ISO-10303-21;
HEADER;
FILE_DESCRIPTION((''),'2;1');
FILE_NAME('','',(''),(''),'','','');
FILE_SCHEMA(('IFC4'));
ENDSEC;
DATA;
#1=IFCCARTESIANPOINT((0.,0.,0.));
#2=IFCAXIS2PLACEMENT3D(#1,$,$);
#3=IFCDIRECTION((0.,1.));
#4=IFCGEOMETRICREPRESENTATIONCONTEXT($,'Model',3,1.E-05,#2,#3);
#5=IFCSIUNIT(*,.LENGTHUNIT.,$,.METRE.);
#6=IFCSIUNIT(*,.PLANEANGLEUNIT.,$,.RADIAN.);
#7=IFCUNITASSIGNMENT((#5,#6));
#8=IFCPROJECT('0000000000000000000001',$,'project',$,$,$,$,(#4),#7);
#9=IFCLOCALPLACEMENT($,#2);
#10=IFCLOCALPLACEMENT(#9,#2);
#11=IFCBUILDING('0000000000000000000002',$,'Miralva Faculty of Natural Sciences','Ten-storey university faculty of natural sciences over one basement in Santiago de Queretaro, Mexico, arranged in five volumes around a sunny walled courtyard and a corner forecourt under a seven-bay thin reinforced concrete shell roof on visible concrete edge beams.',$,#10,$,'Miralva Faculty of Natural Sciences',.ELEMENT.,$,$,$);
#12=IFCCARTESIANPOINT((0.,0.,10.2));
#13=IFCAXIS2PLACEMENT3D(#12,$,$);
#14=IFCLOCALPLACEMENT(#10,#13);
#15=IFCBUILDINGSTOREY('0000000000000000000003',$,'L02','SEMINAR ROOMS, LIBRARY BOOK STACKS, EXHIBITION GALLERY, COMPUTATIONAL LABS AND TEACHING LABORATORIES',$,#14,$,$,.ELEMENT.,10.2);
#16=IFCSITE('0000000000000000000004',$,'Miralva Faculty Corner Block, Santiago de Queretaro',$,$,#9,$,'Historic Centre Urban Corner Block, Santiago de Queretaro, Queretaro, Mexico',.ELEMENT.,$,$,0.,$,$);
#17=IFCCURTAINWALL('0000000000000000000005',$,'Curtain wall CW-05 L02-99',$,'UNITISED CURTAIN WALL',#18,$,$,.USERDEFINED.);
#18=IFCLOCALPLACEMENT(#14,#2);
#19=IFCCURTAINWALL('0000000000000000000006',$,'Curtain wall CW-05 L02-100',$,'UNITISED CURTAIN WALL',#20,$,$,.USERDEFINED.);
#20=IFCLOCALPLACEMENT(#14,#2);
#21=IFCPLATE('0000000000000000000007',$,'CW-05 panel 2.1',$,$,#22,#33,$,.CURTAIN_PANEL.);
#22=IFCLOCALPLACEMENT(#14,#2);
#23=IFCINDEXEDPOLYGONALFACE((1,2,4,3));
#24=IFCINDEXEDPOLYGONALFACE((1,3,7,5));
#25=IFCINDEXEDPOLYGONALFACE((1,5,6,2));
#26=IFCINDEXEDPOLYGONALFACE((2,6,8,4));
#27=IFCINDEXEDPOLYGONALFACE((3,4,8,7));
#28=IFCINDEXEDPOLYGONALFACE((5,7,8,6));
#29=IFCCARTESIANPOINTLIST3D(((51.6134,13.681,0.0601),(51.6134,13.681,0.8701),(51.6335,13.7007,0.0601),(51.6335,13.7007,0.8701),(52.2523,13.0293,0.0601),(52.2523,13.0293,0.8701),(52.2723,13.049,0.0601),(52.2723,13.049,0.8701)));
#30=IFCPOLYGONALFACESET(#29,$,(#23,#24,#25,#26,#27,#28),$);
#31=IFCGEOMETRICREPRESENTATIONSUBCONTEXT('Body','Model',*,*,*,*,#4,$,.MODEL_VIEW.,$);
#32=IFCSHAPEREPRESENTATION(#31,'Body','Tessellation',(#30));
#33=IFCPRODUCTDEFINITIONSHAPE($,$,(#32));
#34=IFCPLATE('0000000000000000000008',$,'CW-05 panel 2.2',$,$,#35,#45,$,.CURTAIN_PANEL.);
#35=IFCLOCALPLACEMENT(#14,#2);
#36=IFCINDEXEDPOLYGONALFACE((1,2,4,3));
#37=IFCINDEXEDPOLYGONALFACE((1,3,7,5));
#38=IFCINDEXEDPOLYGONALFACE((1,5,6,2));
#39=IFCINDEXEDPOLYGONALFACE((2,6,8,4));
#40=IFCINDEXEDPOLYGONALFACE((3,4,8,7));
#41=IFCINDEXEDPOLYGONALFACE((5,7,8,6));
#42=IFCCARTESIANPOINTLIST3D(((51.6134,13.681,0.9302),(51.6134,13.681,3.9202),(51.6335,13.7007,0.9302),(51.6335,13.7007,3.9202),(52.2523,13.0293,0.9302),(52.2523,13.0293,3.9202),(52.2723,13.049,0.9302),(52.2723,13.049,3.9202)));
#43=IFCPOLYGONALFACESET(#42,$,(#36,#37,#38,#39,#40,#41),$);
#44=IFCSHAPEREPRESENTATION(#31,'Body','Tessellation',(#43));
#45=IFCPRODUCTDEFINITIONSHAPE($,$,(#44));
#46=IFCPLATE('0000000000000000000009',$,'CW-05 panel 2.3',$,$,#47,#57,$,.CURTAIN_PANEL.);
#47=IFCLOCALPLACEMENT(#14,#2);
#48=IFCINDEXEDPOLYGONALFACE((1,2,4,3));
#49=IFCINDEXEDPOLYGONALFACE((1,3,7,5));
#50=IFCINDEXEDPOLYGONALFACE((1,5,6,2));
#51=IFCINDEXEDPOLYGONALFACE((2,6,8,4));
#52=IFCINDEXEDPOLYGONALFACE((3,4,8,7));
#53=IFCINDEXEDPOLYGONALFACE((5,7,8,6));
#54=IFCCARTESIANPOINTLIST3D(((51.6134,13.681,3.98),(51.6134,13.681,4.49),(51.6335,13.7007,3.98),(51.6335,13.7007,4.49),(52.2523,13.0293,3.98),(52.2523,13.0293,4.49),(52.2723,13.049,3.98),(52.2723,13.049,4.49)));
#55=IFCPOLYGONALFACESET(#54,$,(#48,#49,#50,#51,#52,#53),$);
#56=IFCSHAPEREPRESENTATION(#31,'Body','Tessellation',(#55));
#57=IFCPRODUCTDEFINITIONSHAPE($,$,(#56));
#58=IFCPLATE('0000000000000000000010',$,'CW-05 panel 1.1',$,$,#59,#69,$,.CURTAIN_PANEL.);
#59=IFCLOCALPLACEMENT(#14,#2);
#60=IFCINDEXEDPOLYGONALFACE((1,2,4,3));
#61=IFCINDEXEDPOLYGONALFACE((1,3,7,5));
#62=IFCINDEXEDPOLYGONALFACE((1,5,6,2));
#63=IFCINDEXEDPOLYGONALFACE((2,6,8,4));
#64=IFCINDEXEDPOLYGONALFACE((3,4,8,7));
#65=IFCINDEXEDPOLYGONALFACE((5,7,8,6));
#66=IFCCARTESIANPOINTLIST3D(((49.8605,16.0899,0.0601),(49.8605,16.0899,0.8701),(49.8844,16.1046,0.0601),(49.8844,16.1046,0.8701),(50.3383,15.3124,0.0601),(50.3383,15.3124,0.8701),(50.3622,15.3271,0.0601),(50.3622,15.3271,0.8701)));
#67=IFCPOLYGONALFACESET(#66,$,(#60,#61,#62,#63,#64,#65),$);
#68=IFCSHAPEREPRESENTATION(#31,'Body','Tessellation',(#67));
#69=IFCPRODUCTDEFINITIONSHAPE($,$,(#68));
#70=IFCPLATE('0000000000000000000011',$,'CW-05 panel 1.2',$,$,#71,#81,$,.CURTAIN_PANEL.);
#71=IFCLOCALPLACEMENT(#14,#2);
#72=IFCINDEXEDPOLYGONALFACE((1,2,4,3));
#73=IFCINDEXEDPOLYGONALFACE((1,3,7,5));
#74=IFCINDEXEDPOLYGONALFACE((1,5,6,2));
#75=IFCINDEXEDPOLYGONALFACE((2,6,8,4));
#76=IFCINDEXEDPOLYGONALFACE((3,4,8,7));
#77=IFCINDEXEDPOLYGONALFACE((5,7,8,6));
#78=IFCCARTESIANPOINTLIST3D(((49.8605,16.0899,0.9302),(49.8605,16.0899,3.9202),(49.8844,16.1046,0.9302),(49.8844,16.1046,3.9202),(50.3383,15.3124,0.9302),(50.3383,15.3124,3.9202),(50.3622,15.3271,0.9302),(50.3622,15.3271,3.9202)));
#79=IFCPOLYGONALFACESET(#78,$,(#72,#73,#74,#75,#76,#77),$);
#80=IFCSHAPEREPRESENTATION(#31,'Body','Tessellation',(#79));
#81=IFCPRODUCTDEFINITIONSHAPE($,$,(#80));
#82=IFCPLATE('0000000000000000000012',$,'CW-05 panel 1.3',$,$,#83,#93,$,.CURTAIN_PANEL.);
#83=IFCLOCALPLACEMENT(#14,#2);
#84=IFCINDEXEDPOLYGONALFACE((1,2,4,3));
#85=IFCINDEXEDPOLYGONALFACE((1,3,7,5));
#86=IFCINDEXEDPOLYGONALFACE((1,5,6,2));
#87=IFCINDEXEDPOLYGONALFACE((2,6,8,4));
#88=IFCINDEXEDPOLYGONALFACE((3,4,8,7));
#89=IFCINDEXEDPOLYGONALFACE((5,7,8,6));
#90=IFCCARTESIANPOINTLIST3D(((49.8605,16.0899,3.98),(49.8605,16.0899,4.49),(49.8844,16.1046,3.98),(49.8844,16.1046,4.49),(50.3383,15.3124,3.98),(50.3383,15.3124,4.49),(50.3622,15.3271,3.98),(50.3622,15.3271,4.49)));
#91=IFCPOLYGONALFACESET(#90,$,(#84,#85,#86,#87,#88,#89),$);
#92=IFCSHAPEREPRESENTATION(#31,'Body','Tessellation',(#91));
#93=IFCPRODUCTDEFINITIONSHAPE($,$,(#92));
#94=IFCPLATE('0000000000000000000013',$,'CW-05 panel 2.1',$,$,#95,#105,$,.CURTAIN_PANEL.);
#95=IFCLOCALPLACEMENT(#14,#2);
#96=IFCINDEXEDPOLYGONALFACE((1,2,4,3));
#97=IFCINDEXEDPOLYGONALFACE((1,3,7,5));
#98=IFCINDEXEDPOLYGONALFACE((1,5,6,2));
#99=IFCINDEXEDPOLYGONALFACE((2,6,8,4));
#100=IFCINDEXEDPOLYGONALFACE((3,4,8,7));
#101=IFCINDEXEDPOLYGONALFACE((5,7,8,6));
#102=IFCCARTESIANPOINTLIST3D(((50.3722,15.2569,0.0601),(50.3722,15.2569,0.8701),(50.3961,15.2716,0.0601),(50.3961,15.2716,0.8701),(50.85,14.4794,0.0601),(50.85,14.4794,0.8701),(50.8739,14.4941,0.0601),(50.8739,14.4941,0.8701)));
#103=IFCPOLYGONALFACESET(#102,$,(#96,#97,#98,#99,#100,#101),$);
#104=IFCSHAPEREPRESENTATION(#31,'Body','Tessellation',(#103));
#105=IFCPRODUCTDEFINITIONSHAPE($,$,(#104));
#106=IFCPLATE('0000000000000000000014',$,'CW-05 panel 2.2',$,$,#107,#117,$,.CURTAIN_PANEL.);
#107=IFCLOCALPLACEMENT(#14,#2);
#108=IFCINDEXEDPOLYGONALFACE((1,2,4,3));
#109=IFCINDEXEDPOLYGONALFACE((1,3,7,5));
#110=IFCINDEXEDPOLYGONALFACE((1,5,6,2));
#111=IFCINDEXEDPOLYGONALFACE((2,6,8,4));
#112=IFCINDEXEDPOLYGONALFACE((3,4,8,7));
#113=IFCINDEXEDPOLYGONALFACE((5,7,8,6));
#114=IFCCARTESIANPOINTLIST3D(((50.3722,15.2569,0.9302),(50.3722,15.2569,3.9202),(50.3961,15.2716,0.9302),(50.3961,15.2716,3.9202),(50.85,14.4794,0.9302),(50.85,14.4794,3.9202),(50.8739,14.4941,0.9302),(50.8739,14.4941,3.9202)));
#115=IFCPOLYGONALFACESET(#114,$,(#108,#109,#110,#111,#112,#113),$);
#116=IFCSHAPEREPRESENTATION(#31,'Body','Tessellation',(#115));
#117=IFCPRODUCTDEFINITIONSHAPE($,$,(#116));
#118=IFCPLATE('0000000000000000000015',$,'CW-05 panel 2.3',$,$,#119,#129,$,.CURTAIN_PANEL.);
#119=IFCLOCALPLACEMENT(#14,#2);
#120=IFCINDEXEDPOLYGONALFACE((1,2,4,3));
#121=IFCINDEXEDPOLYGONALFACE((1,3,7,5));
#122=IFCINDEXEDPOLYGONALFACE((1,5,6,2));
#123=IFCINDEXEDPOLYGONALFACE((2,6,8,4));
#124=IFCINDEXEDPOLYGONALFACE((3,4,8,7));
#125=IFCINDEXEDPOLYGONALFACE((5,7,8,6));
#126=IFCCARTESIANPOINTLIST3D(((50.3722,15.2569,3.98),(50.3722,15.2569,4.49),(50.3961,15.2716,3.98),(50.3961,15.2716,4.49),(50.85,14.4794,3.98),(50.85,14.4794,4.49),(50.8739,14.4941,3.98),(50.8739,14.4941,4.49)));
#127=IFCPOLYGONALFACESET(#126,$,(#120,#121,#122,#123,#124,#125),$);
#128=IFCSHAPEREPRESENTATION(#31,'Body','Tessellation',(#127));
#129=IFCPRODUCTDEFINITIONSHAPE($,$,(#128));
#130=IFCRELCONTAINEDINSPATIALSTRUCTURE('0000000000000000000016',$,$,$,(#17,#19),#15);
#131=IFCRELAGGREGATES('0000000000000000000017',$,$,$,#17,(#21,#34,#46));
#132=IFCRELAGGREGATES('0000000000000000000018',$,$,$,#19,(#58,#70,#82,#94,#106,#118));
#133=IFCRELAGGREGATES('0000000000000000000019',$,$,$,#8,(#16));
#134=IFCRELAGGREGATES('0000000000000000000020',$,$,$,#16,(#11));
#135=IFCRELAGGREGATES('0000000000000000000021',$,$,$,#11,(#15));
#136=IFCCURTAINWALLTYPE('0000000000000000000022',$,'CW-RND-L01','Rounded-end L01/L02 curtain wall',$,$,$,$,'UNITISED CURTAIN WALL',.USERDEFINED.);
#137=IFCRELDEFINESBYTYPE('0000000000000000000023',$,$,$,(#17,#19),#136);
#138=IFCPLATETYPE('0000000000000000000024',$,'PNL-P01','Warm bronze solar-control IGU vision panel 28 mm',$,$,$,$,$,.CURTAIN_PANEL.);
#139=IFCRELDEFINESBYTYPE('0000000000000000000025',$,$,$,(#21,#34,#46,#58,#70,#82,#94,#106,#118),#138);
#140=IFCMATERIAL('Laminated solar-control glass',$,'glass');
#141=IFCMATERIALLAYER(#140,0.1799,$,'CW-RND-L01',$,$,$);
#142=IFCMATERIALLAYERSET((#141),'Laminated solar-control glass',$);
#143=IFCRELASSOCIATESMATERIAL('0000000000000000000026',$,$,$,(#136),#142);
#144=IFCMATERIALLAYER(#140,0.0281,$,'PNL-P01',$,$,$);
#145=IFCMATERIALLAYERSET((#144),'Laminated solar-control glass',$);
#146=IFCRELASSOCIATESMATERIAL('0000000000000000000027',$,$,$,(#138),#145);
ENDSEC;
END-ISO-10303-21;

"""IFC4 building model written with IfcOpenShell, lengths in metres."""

from ifc_helpers import new_model, si_unit, direction, frame, origin, origin_2d, place, context, subcontext, project, spatial, rectangle, extrude, material, layer, layer_set, type_object, element, aggregate, save


model = new_model("IFC4")

# Units and contexts
model_context = context("Model", 3, precision=1e-05, world=origin(), true_north=direction((0.0, 1.0)))
body_context = subcontext(model_context, "Body", "Model", "MODEL_VIEW")
ifc_project = project(units=[si_unit("LENGTHUNIT", "METRE"), si_unit("PLANEANGLEUNIT", "RADIAN")], contexts=[model_context])

# Site, building, storey
site_placement = place(None, origin())
site = spatial("IfcSite", under=ifc_project, at=site_placement, Name="Miralva Faculty Corner Block, Santiago de Queretaro", LongName="Historic Centre Urban Corner Block, Santiago de Queretaro, Queretaro, Mexico", CompositionType="ELEMENT", RefElevation=0.0)
building_placement = place(site_placement, origin())
building = spatial("IfcBuilding", under=site, at=building_placement, Name="Miralva Faculty of Natural Sciences", Description="Ten-storey university faculty of natural sciences over one basement in Santiago de Queretaro, Mexico, arranged in five volumes around a sunny walled courtyard and a corner forecourt under a seven-bay thin reinforced concrete shell roof on visible concrete edge beams.", LongName="Miralva Faculty of Natural Sciences", CompositionType="ELEMENT")
storey_placement = place(building_placement, frame((0.0, 0.0, 10.2)))
storey = spatial("IfcBuildingStorey", under=building, at=storey_placement, Name="L02", Description="SEMINAR ROOMS, LIBRARY BOOK STACKS, EXHIBITION GALLERY, COMPUTATIONAL LABS AND TEACHING LABORATORIES", CompositionType="ELEMENT", Elevation=10.2)

# Shared definitions
ifc_material_1 = material(Name="Laminated solar-control glass", Category="glass")
ifc_layer_1 = layer(ifc_material_1, 0.1799, Name="CW-RND-L01")
ifc_layer_set_1 = layer_set([ifc_layer_1], Name="Laminated solar-control glass")
curtain_wall_type = type_object("IfcCurtainWallType", Name="CW-RND-L01", Description="Rounded-end L01/L02 curtain wall", ElementType="UNITISED CURTAIN WALL", PredefinedType="USERDEFINED", material=ifc_layer_set_1)

# Curtain walls
curtain_wall_1_placement = place(storey_placement, origin())
curtain_wall_1 = element("IfcCurtainWall", 1, at=curtain_wall_1_placement, inside=storey, type_object=curtain_wall_type, Name="Curtain wall CW-05 L02-99", ObjectType="UNITISED CURTAIN WALL", PredefinedType="USERDEFINED")
curtain_wall_2_placement = place(storey_placement, origin())
curtain_wall_2 = element("IfcCurtainWall", 2, at=curtain_wall_2_placement, inside=storey, type_object=curtain_wall_type, Name="Curtain wall CW-05 L02-100", ObjectType="UNITISED CURTAIN WALL", PredefinedType="USERDEFINED")

# Plates
ifc_layer_2 = layer(ifc_material_1, 0.0281, Name="PNL-P01")
ifc_layer_set_2 = layer_set([ifc_layer_2], Name="Laminated solar-control glass")
plate_type = type_object("IfcPlateType", Name="PNL-P01", Description="Warm bronze solar-control IGU vision panel 28 mm", PredefinedType="CURTAIN_PANEL", material=ifc_layer_set_2)
plate_1_placement = place(storey_placement, frame((51.9429, 13.365, 0.0601), z_axis=(0.0, 0.0, 1.0), x_axis=(0.700018, -0.714125, 0.0)))
plate_1 = element("IfcPlate", 3, at=plate_1_placement, type_object=plate_type, Name="CW-05 panel 2.1", PredefinedType="CURTAIN_PANEL", context=body_context, shape_type="SweptSolid", body=[
    extrude(rectangle(XDim=0.9126, YDim=0.0281, at=origin_2d()), origin(), (0.0, 0.0, 1.0), 0.8101),
])
plate_2_placement = place(storey_placement, frame((51.9429, 13.365, 0.9302), z_axis=(0.0, 0.0, 1.0), x_axis=(0.700018, -0.714125, 0.0)))
plate_2 = element("IfcPlate", 4, at=plate_2_placement, type_object=plate_type, Name="CW-05 panel 2.2", PredefinedType="CURTAIN_PANEL", context=body_context, shape_type="SweptSolid", body=[
    extrude(rectangle(XDim=0.9126, YDim=0.0281, at=origin_2d()), origin(), (0.0, 0.0, 1.0), 2.99),
])
plate_3_placement = place(storey_placement, frame((51.9429, 13.365, 3.98), z_axis=(0.0, 0.0, 1.0), x_axis=(0.700018, -0.714125, 0.0)))
plate_3 = element("IfcPlate", 5, at=plate_3_placement, type_object=plate_type, Name="CW-05 panel 2.3", PredefinedType="CURTAIN_PANEL", context=body_context, shape_type="SweptSolid", body=[
    extrude(rectangle(XDim=0.9126, YDim=0.0281, at=origin_2d()), origin(), (0.0, 0.0, 1.0), 0.51),
])
aggregate(curtain_wall_1, [plate_1, plate_2, plate_3])
plate_4_placement = place(storey_placement, frame((50.1113, 15.7085, 0.0601), z_axis=(0.0, 0.0, 1.0), x_axis=(0.523551, -0.851995, 0.0)))
plate_4 = element("IfcPlate", 6, at=plate_4_placement, type_object=plate_type, Name="CW-05 panel 1.1", PredefinedType="CURTAIN_PANEL", context=body_context, shape_type="SweptSolid", body=[
    extrude(rectangle(XDim=0.9126, YDim=0.0281, at=origin_2d()), origin(), (0.0, 0.0, 1.0), 0.8101),
])
plate_5_placement = place(storey_placement, frame((50.1113, 15.7085, 0.9302), z_axis=(0.0, 0.0, 1.0), x_axis=(0.523551, -0.851995, 0.0)))
plate_5 = element("IfcPlate", 7, at=plate_5_placement, type_object=plate_type, Name="CW-05 panel 1.2", PredefinedType="CURTAIN_PANEL", context=body_context, shape_type="SweptSolid", body=[
    extrude(rectangle(XDim=0.9126, YDim=0.0281, at=origin_2d()), origin(), (0.0, 0.0, 1.0), 2.99),
])
plate_6_placement = place(storey_placement, frame((50.1113, 15.7085, 3.98), z_axis=(0.0, 0.0, 1.0), x_axis=(0.523551, -0.851995, 0.0)))
plate_6 = element("IfcPlate", 8, at=plate_6_placement, type_object=plate_type, Name="CW-05 panel 1.3", PredefinedType="CURTAIN_PANEL", context=body_context, shape_type="SweptSolid", body=[
    extrude(rectangle(XDim=0.9126, YDim=0.0281, at=origin_2d()), origin(), (0.0, 0.0, 1.0), 0.51),
])
plate_7_placement = place(storey_placement, frame((50.623, 14.8755, 0.0601), z_axis=(0.0, 0.0, 1.0), x_axis=(0.523551, -0.851995, 0.0)))
plate_7 = element("IfcPlate", 9, at=plate_7_placement, type_object=plate_type, Name="CW-05 panel 2.1", PredefinedType="CURTAIN_PANEL", context=body_context, shape_type="SweptSolid", body=[
    extrude(rectangle(XDim=0.9126, YDim=0.0281, at=origin_2d()), origin(), (0.0, 0.0, 1.0), 0.8101),
])
plate_8_placement = place(storey_placement, frame((50.623, 14.8755, 0.9302), z_axis=(0.0, 0.0, 1.0), x_axis=(0.523551, -0.851995, 0.0)))
plate_8 = element("IfcPlate", 10, at=plate_8_placement, type_object=plate_type, Name="CW-05 panel 2.2", PredefinedType="CURTAIN_PANEL", context=body_context, shape_type="SweptSolid", body=[
    extrude(rectangle(XDim=0.9126, YDim=0.0281, at=origin_2d()), origin(), (0.0, 0.0, 1.0), 2.99),
])
plate_9_placement = place(storey_placement, frame((50.623, 14.8755, 3.98), z_axis=(0.0, 0.0, 1.0), x_axis=(0.523551, -0.851995, 0.0)))
plate_9 = element("IfcPlate", 11, at=plate_9_placement, type_object=plate_type, Name="CW-05 panel 2.3", PredefinedType="CURTAIN_PANEL", context=body_context, shape_type="SweptSolid", body=[
    extrude(rectangle(XDim=0.9126, YDim=0.0281, at=origin_2d()), origin(), (0.0, 0.0, 1.0), 0.51),
])
aggregate(curtain_wall_2, [plate_4, plate_5, plate_6, plate_7, plate_8, plate_9])

save(model, "model.ifc")
